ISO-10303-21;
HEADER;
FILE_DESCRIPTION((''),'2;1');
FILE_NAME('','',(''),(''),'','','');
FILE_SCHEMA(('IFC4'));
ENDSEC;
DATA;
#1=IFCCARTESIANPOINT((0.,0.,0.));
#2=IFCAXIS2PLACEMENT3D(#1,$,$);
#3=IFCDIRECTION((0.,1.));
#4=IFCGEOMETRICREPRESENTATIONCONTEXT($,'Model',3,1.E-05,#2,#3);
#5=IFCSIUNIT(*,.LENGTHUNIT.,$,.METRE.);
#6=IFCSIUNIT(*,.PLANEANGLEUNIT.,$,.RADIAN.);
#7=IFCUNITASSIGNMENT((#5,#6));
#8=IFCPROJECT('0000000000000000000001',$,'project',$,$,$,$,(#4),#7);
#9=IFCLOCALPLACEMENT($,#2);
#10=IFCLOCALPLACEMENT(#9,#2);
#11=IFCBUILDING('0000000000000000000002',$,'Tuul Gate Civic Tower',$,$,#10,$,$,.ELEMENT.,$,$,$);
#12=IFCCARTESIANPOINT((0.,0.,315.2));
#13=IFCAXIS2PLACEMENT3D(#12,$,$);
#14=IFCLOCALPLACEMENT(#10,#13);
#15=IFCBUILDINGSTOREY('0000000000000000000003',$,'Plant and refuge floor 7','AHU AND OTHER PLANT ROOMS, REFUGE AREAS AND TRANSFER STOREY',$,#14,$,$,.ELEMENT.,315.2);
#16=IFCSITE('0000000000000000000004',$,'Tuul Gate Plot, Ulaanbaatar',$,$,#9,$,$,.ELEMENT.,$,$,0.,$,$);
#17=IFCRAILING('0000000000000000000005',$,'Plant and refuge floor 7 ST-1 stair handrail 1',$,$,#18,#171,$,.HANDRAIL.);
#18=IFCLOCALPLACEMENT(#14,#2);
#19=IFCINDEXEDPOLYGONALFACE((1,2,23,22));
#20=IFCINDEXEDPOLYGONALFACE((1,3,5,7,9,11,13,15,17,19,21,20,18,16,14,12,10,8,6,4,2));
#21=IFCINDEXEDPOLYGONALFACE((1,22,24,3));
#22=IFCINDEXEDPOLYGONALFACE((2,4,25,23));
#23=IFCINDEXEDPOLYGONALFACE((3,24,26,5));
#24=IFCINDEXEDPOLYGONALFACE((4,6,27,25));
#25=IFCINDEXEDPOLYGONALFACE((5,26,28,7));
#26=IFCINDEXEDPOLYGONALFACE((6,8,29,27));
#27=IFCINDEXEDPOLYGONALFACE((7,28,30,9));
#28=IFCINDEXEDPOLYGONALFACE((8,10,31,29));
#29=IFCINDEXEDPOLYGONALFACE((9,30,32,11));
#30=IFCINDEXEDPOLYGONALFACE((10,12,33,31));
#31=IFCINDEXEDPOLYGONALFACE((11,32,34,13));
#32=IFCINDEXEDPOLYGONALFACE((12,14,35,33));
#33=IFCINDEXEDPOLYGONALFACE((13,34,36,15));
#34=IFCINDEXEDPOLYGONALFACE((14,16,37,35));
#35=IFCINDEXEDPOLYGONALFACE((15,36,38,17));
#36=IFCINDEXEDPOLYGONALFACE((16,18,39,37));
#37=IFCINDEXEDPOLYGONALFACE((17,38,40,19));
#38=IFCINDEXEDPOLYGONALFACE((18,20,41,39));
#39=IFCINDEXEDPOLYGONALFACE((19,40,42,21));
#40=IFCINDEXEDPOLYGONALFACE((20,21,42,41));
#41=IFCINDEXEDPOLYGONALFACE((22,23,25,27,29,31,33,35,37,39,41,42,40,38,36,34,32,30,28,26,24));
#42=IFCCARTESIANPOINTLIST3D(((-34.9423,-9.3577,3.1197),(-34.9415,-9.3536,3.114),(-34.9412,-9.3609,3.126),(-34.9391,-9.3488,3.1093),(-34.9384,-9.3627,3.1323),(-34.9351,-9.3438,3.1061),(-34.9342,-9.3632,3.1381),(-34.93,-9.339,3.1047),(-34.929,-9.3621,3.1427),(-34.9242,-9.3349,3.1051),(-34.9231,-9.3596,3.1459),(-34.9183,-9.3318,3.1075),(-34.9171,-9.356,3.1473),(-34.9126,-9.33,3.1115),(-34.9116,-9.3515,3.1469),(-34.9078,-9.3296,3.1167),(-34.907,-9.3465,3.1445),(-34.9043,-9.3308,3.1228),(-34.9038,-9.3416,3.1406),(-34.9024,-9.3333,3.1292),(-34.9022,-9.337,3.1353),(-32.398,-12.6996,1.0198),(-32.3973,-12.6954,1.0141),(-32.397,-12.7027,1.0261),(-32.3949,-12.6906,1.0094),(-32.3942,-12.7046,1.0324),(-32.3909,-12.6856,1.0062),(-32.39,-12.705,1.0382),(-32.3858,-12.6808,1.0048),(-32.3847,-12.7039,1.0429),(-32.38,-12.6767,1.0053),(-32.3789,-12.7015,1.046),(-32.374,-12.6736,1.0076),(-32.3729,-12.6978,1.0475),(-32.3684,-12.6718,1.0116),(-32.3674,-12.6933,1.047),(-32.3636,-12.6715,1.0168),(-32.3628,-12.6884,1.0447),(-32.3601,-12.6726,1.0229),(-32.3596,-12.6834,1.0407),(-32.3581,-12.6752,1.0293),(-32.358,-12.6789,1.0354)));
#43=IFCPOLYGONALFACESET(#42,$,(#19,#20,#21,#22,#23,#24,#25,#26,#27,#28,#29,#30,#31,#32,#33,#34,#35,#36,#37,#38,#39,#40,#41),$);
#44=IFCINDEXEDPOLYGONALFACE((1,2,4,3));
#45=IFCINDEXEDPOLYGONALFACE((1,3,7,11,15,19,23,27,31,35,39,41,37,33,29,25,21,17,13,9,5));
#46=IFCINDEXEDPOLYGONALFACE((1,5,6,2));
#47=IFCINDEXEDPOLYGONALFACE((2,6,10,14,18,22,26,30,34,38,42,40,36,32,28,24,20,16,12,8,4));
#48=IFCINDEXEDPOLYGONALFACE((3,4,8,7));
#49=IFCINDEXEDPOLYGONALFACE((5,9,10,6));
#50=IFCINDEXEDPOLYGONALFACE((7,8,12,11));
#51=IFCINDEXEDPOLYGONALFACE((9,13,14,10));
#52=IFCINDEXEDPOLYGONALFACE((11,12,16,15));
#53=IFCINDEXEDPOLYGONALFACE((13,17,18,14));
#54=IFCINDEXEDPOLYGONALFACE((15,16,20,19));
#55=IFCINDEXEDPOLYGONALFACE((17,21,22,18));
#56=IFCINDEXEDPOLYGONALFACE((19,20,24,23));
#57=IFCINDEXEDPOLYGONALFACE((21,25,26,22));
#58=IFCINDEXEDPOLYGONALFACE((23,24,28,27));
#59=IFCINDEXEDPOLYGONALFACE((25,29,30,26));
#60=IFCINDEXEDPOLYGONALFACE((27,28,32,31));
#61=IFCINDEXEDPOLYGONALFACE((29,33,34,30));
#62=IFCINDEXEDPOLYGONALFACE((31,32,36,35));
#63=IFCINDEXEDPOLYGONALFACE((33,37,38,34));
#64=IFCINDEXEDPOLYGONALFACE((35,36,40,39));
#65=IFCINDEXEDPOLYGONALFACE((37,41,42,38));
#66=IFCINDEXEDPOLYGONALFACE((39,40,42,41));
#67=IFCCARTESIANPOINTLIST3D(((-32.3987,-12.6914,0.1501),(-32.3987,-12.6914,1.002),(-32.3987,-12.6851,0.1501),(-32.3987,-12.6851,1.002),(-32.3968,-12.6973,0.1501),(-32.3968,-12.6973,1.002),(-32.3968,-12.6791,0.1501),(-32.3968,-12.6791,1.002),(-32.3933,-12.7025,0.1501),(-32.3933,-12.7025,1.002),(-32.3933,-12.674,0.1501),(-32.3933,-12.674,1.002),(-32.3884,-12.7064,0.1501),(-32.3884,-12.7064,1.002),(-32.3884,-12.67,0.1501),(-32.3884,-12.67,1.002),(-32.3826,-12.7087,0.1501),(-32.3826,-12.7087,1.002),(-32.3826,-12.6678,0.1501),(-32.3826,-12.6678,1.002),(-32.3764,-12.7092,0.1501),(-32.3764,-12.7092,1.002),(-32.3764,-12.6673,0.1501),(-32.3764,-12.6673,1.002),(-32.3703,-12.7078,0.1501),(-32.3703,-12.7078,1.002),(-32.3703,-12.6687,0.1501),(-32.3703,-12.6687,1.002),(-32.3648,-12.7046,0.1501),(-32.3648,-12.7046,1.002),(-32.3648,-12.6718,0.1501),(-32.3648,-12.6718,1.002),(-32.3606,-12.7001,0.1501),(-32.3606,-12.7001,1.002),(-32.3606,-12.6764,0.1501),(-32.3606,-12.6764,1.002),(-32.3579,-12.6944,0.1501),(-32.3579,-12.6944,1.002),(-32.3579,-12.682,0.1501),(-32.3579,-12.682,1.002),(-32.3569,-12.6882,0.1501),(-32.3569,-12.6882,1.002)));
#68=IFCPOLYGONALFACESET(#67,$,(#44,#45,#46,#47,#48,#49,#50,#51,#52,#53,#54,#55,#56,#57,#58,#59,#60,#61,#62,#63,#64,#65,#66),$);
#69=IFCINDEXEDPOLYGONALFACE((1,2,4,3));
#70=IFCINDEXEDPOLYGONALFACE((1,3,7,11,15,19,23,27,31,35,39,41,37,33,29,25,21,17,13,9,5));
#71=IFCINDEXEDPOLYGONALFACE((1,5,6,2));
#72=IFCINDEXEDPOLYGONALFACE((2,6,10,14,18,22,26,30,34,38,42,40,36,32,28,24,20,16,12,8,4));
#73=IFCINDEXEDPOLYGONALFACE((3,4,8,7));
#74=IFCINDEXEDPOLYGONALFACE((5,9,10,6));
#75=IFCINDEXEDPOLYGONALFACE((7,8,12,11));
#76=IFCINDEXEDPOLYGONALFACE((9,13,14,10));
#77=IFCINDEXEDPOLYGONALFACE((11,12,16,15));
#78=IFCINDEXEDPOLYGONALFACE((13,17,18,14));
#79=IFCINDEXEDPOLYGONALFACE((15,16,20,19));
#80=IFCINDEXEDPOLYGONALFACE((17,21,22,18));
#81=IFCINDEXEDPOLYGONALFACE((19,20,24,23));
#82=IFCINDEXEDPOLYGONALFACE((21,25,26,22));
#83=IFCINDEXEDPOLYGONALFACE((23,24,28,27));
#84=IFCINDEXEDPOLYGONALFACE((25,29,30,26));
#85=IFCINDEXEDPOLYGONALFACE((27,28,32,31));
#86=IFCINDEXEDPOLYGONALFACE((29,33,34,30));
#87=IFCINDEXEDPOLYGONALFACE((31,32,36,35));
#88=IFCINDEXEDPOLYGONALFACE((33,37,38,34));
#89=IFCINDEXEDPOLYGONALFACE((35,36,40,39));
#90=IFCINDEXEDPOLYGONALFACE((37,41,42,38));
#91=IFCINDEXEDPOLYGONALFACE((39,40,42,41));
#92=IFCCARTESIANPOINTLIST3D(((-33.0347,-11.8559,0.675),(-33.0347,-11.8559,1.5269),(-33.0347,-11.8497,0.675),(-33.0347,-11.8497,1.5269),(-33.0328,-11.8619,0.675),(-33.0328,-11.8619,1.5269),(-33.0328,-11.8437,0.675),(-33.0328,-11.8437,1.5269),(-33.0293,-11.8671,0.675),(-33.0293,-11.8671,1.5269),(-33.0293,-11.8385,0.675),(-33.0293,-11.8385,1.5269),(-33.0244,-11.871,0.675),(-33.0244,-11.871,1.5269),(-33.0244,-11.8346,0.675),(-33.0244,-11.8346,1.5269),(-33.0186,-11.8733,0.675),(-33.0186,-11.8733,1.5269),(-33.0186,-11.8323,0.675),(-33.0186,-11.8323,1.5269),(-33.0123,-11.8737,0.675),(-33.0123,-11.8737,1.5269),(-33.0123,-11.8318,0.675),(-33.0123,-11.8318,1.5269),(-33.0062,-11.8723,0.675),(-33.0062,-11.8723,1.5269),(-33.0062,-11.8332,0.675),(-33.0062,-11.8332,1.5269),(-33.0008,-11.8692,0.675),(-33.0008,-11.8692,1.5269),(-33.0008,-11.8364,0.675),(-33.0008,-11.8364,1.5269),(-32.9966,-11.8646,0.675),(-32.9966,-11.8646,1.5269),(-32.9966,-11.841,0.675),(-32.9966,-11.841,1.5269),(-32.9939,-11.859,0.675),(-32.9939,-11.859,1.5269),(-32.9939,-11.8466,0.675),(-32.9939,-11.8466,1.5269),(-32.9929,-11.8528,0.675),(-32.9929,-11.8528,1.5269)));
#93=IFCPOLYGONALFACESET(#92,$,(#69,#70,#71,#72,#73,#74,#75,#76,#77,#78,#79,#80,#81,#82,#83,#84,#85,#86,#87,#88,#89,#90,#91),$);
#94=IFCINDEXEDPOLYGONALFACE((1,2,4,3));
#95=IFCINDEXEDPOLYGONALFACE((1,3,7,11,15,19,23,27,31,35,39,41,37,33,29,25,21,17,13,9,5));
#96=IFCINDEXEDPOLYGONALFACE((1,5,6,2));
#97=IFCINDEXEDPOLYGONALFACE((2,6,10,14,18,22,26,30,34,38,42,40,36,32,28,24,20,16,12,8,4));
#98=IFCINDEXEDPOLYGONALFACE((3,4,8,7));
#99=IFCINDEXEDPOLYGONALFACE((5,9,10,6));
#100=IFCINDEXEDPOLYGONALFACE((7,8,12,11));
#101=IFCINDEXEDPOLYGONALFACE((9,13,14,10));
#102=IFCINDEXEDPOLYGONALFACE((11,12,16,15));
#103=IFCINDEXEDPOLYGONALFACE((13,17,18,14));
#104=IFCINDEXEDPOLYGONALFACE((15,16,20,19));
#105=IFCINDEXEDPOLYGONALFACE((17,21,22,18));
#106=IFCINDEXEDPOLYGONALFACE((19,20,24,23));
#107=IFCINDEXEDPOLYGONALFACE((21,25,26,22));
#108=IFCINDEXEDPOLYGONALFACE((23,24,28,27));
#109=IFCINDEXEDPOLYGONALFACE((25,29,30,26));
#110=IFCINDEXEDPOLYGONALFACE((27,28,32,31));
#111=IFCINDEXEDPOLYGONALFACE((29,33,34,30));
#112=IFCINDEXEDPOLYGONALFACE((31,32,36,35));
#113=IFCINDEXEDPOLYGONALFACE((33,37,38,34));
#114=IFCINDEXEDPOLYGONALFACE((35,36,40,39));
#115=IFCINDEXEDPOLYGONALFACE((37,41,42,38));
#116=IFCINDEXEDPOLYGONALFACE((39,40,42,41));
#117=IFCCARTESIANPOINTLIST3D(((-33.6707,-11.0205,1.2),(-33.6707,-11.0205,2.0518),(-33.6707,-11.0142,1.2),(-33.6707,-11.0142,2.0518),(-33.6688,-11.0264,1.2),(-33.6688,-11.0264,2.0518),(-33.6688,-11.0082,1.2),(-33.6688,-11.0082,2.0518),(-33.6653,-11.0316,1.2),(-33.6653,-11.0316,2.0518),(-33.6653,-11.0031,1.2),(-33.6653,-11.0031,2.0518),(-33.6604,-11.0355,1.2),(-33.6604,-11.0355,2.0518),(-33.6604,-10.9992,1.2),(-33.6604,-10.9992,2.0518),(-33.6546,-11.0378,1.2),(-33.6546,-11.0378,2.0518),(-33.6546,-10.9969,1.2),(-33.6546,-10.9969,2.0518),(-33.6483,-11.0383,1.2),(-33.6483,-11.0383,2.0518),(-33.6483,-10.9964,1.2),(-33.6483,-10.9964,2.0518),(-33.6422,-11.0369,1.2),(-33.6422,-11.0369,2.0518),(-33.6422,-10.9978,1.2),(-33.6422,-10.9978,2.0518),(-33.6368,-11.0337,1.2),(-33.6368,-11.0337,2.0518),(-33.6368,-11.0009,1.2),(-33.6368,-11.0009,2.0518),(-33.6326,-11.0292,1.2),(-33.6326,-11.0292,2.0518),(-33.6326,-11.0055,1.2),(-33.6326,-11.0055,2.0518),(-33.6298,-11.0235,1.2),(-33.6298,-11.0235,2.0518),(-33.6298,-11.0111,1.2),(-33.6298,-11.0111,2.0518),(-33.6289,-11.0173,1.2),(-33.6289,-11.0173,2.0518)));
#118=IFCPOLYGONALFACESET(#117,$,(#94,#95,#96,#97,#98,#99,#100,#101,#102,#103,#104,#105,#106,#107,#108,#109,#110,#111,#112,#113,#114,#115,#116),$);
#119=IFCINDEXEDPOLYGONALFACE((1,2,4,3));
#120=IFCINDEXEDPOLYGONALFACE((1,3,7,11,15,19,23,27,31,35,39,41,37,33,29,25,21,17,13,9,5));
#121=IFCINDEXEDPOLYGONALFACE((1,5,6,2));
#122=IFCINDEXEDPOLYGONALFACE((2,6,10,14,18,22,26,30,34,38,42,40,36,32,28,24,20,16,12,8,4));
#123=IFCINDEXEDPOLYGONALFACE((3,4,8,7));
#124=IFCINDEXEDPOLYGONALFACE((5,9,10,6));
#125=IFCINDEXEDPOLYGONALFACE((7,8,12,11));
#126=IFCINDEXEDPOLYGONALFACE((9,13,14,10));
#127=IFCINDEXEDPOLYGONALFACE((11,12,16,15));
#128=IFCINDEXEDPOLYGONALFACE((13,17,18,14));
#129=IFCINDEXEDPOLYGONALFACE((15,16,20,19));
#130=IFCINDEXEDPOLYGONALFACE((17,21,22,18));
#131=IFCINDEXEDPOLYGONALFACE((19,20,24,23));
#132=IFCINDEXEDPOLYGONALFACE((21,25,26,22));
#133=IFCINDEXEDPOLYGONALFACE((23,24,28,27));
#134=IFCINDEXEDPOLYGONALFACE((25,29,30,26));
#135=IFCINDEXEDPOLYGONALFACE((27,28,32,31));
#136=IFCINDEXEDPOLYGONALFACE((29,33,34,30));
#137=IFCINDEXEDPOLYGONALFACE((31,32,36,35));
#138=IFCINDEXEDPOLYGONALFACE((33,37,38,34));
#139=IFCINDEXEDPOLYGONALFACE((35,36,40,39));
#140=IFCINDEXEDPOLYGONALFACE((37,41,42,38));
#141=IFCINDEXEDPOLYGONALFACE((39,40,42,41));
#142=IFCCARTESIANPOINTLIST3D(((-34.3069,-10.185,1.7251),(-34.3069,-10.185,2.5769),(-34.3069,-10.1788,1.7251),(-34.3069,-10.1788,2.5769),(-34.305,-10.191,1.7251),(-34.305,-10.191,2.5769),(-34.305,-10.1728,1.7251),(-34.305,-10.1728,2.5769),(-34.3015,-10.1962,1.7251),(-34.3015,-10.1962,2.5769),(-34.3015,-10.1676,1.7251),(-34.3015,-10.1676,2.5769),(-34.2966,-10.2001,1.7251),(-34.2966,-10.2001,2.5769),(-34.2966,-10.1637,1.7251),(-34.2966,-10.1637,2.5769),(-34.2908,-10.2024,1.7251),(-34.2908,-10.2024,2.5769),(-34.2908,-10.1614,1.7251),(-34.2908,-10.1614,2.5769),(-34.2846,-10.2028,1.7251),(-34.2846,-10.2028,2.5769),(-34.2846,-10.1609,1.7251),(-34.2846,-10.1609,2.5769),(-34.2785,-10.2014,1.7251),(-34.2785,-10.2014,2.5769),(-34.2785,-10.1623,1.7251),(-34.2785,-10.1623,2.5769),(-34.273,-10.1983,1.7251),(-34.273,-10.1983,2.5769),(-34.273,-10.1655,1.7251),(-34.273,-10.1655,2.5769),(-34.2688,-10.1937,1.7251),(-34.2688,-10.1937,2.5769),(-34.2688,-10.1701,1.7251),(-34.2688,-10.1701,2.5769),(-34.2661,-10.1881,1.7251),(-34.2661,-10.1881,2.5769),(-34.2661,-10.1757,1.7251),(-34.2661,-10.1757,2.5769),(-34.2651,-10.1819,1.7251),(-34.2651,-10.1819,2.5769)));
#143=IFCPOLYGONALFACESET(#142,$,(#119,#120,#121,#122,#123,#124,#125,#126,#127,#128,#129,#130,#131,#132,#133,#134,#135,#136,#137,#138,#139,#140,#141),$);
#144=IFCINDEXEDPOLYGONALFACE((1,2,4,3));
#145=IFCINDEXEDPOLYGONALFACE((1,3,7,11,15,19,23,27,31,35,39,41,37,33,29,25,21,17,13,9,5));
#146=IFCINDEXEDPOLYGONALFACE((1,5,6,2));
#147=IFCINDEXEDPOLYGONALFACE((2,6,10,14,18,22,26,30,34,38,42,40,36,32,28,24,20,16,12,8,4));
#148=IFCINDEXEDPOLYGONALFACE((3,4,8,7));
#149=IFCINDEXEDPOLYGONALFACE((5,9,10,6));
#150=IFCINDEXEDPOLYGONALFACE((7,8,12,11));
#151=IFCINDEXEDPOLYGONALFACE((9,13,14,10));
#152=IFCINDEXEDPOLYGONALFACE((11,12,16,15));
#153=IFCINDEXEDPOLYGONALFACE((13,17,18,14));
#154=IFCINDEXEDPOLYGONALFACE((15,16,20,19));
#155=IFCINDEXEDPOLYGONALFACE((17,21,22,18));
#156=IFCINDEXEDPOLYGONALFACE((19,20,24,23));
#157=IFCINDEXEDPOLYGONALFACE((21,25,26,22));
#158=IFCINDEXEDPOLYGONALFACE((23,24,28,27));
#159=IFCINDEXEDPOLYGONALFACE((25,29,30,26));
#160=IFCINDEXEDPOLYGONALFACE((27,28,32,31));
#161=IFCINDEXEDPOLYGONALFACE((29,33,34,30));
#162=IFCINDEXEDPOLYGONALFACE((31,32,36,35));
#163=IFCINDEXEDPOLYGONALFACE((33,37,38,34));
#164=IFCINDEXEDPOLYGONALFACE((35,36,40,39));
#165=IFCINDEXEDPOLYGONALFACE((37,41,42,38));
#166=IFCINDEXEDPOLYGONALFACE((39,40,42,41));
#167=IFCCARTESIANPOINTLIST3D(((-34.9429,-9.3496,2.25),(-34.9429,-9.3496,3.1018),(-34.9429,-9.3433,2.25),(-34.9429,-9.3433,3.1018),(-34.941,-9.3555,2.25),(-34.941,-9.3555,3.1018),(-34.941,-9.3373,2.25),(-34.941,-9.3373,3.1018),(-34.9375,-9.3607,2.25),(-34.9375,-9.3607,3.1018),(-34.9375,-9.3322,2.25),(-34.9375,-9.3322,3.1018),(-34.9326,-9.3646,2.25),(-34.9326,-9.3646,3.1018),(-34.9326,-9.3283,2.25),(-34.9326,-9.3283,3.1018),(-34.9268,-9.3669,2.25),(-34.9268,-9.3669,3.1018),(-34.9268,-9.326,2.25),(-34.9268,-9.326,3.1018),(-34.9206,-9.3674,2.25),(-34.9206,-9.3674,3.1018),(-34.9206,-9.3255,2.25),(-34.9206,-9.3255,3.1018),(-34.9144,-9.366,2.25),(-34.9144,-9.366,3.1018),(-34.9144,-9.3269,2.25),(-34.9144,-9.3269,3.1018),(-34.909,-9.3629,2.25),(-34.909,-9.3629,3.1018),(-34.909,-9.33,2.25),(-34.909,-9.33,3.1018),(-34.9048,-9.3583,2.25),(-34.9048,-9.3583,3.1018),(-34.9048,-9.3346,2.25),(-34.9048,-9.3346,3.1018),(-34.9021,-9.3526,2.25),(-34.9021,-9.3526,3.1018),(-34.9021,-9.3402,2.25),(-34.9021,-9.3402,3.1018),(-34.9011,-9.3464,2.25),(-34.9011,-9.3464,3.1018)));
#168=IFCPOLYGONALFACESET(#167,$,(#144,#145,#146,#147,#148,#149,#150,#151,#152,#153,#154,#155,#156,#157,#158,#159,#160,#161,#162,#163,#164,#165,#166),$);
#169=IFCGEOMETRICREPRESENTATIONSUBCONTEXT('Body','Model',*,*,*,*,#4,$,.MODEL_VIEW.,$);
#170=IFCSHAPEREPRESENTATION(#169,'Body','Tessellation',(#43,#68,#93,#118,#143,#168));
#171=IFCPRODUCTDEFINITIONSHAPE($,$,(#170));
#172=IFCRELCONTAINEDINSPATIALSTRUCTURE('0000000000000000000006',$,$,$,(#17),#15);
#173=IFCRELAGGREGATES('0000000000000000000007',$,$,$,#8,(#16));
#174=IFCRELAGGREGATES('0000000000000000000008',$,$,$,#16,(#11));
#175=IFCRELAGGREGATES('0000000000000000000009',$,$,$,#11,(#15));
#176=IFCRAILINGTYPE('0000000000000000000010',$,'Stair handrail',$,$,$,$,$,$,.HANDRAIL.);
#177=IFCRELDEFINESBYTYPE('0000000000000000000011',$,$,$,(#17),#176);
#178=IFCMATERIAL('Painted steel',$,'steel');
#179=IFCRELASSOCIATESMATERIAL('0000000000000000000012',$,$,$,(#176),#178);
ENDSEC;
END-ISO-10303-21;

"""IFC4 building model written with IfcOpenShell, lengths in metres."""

from ifc_helpers import new_model, si_unit, direction, frame, origin, origin_2d, place, context, subcontext, project, spatial, circle, extrude, material, type_object, element, save


model = new_model("IFC4")

# Units and contexts
model_context = context("Model", 3, precision=1e-05, world=origin(), true_north=direction((0.0, 1.0)))
body_context = subcontext(model_context, "Body", "Model", "MODEL_VIEW")
ifc_project = project(units=[si_unit("LENGTHUNIT", "METRE"), si_unit("PLANEANGLEUNIT", "RADIAN")], contexts=[model_context])

# Site, building, storey
site_placement = place(None, origin())
site = spatial("IfcSite", under=ifc_project, at=site_placement, Name="Tuul Gate Plot, Ulaanbaatar", CompositionType="ELEMENT", RefElevation=0.0)
building_placement = place(site_placement, origin())
building = spatial("IfcBuilding", under=site, at=building_placement, Name="Tuul Gate Civic Tower", CompositionType="ELEMENT")
storey_placement = place(building_placement, frame((0.0, 0.0, 315.2)))
storey = spatial("IfcBuildingStorey", under=building, at=storey_placement, Name="Plant and refuge floor 7", Description="AHU AND OTHER PLANT ROOMS, REFUGE AREAS AND TRANSFER STOREY", CompositionType="ELEMENT", Elevation=315.2)

# Railing
ifc_material_1 = material(Name="Painted steel", Category="steel")
railing_type_1 = type_object("IfcRailingType", Name="Stair handrail", PredefinedType="HANDRAIL", material=ifc_material_1)
railing_1_placement = place(storey_placement, frame((-32.3779, -12.6882, 0.1501)))
element("IfcRailing", 1, at=railing_1_placement, inside=storey, type_object=railing_type_1, Name="Plant and refuge floor 7 ST-1 stair handrail 1", PredefinedType="HANDRAIL", context=body_context, shape_type="SweptSolid", body=[
    extrude(circle(Radius=0.0239, at=origin_2d()), frame((0.0, 0.0, 0.876), z_axis=(-0.541809, 0.711667, 0.447184), x_axis=(-0.795655, -0.605751, 0.0)), (0.0, 0.0, 1.0), 4.6958),
    extrude(circle(Radius=0.021, at=origin_2d()), origin(), (0.0, 0.0, 1.0), 0.8518),
    extrude(circle(Radius=0.021, at=origin_2d()), frame((-0.636, 0.8354, 0.5249)), (0.0, 0.0, 1.0), 0.8518),
    extrude(circle(Radius=0.021, at=origin_2d()), frame((-1.272, 1.6709, 1.0498)), (0.0, 0.0, 1.0), 0.8518),
    extrude(circle(Radius=0.021, at=origin_2d()), frame((-1.9082, 2.5063, 1.575)), (0.0, 0.0, 1.0), 0.8518),
    extrude(circle(Radius=0.021, at=origin_2d()), frame((-2.5442, 3.3418, 2.0999)), (0.0, 0.0, 1.0), 0.8518),
])

save(model, "model.ifc")
